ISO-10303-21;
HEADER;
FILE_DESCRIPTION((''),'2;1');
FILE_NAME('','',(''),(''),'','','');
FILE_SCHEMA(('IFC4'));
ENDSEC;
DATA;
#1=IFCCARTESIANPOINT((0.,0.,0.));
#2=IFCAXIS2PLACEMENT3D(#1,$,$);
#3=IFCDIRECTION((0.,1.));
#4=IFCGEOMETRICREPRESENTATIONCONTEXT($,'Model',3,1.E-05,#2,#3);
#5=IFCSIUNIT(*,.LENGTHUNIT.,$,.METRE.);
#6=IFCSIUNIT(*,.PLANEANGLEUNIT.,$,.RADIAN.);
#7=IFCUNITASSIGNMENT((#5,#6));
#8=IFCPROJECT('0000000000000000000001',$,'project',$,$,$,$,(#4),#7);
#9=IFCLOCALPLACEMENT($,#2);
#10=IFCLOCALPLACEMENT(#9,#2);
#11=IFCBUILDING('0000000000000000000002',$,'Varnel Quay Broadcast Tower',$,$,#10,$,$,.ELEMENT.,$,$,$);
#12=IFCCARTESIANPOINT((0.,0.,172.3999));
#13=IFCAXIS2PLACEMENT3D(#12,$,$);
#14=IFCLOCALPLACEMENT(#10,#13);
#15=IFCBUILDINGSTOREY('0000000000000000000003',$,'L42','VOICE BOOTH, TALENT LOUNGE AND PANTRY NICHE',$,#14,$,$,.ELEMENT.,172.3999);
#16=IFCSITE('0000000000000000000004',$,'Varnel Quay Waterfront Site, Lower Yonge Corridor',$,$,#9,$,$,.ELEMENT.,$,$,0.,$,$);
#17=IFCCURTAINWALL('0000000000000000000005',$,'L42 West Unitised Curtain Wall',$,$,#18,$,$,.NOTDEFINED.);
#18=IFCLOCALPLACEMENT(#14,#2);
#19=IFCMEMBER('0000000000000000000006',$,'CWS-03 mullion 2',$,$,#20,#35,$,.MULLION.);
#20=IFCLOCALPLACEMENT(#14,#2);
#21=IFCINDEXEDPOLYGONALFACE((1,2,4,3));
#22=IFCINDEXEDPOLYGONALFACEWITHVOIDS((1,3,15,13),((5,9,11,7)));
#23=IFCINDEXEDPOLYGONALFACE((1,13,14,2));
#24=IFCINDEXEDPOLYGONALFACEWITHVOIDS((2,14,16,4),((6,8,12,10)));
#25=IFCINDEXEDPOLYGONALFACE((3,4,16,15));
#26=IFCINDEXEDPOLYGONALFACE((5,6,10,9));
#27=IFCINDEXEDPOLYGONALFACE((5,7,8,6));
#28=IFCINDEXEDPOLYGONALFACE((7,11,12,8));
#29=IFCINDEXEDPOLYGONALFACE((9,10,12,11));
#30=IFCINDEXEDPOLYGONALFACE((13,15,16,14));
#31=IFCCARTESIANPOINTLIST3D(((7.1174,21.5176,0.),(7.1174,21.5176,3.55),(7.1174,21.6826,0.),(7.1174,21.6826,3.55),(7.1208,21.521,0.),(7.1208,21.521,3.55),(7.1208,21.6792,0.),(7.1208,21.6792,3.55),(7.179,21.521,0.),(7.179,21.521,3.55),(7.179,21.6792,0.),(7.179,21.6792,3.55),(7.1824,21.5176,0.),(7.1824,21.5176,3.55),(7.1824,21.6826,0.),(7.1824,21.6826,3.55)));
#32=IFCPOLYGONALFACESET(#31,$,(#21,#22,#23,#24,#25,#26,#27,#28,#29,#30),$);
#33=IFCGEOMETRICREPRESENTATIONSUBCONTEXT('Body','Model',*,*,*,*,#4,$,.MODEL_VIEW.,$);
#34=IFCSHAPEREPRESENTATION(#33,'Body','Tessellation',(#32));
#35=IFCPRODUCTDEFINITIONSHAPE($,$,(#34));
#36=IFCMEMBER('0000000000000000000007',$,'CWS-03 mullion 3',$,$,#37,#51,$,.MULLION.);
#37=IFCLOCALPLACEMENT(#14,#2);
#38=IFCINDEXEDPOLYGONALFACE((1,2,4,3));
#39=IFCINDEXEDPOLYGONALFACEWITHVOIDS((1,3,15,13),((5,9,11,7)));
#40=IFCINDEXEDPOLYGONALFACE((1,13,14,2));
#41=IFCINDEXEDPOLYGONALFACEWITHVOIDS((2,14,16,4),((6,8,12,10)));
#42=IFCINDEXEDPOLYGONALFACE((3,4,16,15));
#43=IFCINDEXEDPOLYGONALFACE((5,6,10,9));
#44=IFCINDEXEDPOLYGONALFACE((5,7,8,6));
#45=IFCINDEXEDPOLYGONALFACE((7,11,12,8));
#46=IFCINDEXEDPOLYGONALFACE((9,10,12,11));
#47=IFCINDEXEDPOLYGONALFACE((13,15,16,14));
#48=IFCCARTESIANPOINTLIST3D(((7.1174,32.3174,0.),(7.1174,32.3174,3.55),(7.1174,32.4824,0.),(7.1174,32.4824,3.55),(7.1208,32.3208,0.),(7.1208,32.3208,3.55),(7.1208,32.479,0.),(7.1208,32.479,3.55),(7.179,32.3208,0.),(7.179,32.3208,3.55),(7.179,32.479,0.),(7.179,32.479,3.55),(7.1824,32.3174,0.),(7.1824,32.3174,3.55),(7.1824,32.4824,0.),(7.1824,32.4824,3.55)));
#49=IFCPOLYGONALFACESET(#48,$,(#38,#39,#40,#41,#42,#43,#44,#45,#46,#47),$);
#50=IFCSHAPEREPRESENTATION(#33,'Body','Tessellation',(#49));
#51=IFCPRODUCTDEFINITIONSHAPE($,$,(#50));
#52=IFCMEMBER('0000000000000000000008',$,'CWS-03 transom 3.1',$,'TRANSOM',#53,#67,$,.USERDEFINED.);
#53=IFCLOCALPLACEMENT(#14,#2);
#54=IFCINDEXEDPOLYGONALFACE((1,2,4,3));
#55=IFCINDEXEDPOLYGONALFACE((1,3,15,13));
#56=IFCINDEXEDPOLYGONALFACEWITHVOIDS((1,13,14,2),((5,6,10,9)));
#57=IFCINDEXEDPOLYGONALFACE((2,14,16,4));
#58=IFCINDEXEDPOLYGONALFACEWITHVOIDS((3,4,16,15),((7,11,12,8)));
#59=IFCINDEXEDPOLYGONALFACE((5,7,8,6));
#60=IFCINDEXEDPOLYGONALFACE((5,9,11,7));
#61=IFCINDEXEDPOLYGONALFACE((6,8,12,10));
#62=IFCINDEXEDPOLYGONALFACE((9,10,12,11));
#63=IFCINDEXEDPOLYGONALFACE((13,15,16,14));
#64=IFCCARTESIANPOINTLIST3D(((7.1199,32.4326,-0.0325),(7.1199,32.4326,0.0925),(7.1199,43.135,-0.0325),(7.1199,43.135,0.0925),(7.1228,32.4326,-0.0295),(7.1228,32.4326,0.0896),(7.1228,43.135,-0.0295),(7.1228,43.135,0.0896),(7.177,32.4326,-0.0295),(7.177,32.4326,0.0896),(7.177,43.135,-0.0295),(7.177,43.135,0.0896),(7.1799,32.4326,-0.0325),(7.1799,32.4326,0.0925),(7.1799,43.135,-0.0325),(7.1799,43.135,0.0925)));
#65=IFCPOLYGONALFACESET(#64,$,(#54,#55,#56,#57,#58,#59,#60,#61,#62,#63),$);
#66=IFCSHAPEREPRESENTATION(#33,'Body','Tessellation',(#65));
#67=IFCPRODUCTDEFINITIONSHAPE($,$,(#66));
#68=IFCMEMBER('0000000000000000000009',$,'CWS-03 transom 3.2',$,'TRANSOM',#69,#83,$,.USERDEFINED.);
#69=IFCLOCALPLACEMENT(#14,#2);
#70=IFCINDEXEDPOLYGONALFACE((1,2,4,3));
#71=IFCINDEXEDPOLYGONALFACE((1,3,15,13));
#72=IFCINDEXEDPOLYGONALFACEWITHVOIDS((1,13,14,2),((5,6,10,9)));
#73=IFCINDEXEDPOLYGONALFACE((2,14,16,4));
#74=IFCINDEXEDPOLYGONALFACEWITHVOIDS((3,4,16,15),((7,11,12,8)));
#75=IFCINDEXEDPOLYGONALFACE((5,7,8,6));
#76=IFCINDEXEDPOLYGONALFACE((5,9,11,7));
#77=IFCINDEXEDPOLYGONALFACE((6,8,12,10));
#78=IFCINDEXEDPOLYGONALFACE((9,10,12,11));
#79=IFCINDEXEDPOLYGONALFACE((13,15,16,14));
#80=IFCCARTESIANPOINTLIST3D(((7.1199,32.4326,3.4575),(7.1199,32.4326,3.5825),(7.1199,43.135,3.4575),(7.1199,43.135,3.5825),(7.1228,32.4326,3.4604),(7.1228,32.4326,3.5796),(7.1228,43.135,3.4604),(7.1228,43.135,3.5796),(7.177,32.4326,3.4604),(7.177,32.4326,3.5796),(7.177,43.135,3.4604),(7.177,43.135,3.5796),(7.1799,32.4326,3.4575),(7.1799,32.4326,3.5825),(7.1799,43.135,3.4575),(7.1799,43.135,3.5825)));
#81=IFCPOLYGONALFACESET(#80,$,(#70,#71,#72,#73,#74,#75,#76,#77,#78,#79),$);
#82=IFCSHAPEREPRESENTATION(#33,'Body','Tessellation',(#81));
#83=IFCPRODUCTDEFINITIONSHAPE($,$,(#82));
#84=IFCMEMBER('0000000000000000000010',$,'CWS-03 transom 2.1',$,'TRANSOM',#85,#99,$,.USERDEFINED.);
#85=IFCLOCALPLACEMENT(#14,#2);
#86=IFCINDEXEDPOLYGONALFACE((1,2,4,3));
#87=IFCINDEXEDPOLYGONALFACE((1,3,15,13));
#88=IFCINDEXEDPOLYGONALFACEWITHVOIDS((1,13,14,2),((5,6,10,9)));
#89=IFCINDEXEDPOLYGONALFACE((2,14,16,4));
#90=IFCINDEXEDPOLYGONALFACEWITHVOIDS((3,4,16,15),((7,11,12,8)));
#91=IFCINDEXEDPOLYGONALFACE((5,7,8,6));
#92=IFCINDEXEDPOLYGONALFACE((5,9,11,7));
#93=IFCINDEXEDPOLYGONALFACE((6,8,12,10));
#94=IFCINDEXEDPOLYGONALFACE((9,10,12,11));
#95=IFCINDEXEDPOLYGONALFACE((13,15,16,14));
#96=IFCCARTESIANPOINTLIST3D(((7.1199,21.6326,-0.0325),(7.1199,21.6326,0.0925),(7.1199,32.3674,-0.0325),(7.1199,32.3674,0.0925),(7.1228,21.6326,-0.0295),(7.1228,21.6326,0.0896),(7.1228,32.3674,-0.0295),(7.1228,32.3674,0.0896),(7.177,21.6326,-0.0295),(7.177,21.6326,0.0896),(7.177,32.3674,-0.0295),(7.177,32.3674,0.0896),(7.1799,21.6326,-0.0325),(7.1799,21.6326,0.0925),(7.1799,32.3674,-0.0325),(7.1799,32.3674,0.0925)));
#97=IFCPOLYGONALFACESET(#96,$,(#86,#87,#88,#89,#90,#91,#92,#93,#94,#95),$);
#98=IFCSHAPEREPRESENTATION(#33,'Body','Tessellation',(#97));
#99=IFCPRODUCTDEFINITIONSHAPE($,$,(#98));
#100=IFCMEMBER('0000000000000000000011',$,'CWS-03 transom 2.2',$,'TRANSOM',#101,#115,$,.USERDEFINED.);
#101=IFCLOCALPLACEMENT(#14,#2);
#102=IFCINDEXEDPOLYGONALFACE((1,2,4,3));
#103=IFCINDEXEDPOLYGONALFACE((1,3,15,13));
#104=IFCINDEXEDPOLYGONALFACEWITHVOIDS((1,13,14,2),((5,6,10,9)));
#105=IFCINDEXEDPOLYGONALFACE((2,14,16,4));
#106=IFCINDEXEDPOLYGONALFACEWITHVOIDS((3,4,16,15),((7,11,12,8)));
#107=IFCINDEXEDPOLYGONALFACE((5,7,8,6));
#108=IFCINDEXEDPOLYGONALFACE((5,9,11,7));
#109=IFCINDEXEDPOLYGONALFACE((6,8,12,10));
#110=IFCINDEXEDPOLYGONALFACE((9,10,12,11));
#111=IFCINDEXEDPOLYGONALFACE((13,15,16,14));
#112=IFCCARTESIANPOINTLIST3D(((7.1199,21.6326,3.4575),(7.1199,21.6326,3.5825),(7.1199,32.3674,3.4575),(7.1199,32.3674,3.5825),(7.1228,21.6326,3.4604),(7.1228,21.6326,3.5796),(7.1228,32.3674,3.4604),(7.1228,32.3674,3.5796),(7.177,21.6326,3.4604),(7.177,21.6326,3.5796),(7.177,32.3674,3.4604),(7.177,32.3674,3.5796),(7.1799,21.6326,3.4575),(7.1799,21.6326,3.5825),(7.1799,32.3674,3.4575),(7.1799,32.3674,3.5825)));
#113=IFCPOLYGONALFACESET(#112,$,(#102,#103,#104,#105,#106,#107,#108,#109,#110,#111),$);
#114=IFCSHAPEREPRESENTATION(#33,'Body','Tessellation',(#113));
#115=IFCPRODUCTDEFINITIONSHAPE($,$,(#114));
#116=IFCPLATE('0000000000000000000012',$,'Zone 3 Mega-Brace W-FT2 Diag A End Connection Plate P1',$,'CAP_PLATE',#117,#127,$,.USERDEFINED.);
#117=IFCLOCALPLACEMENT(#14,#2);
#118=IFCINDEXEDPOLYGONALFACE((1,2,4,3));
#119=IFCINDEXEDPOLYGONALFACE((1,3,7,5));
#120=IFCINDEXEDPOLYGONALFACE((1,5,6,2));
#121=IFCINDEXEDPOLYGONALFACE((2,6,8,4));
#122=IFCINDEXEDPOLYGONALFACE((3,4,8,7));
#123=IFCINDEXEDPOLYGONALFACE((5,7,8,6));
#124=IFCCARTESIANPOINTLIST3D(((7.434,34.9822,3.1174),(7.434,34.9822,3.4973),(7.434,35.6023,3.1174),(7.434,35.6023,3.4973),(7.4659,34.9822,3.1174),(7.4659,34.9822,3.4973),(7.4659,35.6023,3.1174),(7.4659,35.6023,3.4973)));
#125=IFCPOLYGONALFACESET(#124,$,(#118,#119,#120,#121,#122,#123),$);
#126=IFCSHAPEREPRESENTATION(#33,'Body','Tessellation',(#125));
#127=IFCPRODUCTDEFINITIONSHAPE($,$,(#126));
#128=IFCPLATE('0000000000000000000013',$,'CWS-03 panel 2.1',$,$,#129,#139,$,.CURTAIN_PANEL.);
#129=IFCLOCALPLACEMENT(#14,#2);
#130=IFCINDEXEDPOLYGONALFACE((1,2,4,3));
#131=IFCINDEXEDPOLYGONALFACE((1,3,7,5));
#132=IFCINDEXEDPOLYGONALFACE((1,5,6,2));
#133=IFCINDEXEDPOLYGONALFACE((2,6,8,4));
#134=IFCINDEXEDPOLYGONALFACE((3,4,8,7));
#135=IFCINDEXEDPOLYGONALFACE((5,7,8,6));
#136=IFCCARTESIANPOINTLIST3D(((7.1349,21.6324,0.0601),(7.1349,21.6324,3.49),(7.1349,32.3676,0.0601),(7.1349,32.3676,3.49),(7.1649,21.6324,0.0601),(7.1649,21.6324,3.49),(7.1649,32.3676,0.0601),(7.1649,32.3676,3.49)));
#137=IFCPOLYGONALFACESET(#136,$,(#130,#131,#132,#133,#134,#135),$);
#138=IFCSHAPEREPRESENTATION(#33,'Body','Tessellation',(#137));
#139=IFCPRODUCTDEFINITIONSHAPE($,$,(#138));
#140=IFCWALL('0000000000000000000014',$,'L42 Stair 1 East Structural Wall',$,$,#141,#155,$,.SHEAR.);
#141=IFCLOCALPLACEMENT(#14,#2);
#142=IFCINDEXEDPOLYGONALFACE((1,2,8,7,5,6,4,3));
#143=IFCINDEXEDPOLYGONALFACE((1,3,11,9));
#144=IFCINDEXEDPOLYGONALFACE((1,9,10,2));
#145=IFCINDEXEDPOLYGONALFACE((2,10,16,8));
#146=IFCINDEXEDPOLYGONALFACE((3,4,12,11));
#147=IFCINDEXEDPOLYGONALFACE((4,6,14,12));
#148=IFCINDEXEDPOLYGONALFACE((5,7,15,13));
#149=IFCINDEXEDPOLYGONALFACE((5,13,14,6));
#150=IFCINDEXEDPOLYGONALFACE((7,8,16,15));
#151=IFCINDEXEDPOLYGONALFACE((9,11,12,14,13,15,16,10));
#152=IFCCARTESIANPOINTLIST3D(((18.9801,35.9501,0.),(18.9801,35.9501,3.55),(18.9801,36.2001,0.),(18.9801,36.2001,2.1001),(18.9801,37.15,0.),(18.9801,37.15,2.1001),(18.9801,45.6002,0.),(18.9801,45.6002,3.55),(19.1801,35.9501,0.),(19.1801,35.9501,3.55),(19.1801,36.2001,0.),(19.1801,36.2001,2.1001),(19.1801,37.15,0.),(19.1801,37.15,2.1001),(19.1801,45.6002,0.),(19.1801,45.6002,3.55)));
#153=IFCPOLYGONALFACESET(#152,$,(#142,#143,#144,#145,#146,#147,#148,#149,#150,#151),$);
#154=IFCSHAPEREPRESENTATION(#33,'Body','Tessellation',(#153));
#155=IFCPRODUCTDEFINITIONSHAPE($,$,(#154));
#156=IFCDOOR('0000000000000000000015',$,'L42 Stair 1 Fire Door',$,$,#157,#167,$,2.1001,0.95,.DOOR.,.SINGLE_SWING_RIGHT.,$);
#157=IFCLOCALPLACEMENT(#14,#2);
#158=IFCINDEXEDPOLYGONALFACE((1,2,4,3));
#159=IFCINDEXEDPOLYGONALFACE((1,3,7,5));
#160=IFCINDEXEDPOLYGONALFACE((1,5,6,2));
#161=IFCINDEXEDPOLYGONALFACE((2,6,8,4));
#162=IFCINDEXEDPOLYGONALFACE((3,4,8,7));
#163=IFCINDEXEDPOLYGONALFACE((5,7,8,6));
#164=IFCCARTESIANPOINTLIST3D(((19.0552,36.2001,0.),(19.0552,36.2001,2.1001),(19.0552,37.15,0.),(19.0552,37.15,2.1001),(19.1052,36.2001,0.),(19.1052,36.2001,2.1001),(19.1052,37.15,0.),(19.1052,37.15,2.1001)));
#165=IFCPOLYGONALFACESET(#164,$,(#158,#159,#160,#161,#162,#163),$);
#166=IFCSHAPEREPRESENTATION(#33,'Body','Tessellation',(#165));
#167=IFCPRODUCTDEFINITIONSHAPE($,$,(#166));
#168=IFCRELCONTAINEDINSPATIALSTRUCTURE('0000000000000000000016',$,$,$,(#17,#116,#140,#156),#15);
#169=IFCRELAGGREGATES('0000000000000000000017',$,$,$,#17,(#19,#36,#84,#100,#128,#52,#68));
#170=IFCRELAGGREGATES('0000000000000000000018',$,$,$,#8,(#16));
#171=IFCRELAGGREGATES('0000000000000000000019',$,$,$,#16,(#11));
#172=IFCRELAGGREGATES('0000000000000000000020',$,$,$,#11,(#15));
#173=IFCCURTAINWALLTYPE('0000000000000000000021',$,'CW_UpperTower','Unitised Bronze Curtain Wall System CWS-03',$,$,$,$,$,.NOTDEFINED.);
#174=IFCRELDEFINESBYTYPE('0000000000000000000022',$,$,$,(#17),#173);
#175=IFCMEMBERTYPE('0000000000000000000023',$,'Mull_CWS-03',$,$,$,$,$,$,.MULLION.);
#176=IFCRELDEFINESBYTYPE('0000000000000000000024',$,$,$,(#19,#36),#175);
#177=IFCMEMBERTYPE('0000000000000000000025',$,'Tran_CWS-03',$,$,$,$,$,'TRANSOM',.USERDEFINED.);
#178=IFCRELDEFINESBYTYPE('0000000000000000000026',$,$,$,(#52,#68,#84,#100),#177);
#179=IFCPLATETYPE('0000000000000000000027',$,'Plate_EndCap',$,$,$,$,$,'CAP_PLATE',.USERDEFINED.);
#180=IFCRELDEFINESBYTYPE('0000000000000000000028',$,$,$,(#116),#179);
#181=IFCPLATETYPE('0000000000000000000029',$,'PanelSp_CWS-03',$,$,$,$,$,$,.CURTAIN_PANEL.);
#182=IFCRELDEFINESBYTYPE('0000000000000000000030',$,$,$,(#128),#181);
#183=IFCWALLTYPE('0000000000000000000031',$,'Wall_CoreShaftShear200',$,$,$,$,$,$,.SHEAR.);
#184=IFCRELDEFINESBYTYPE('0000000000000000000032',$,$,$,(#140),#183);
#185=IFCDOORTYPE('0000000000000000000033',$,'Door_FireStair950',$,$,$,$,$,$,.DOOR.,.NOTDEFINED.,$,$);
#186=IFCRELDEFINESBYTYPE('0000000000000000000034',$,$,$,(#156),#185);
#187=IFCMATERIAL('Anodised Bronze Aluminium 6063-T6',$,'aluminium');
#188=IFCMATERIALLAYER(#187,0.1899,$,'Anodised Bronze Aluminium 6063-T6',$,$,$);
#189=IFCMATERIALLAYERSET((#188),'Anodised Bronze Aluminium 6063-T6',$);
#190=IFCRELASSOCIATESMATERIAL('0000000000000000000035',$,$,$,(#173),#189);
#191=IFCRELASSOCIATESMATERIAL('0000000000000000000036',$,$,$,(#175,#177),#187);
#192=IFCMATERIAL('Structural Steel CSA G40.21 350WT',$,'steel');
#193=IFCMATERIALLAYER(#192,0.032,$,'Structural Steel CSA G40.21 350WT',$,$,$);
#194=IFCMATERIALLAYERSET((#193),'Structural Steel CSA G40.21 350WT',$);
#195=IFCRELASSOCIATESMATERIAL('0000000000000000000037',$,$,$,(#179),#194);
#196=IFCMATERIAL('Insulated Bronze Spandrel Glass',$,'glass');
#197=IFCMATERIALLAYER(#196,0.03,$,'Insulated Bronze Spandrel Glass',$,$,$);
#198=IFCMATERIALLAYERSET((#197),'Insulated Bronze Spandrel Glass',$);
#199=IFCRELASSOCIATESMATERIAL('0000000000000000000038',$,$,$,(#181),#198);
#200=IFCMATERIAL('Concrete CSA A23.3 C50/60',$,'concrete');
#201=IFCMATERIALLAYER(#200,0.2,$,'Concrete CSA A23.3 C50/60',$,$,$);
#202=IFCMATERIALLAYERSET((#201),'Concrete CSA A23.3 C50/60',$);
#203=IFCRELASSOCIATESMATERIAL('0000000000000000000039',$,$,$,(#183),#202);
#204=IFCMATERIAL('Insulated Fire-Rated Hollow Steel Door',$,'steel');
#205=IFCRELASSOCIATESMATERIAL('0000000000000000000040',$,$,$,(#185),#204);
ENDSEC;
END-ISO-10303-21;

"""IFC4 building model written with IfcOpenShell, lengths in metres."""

from ifc_helpers import new_model, si_unit, direction, frame, frame_2d, origin, origin_2d, place, context, subcontext, project, spatial, rectangle, hollow_rectangle, extrude, source, transform, mapped, material, layer, layer_set, material_profile, profile_set, type_object, type_shapes, element, fill, aggregate, save


model = new_model("IFC4")

# Units and contexts
model_context = context("Model", 3, precision=1e-05, world=origin(), true_north=direction((0.0, 1.0)))
body_context = subcontext(model_context, "Body", "Model", "MODEL_VIEW")
ifc_project = project(units=[si_unit("LENGTHUNIT", "METRE"), si_unit("PLANEANGLEUNIT", "RADIAN")], contexts=[model_context])

# Site, building, storey
site_placement = place(None, origin())
site = spatial("IfcSite", under=ifc_project, at=site_placement, Name="Varnel Quay Waterfront Site, Lower Yonge Corridor", CompositionType="ELEMENT", RefElevation=0.0)
building_placement = place(site_placement, origin())
building = spatial("IfcBuilding", under=site, at=building_placement, Name="Varnel Quay Broadcast Tower", CompositionType="ELEMENT")
storey_placement = place(building_placement, frame((0.0, 0.0, 172.3999)))
storey = spatial("IfcBuildingStorey", under=building, at=storey_placement, Name="L42", Description="VOICE BOOTH, TALENT LOUNGE AND PANTRY NICHE", CompositionType="ELEMENT", Elevation=172.3999)

# Shared definitions
ifc_material_1 = material(Name="Structural Steel CSA G40.21 350WT", Category="steel")
ifc_material_2 = material(Name="Concrete CSA A23.3 C50/60", Category="concrete")

# Curtain wall, members
ifc_material_3 = material(Name="Anodised Bronze Aluminium 6063-T6", Category="aluminium")
ifc_layer_1 = layer(ifc_material_3, 0.1899, Name="Anodised Bronze Aluminium 6063-T6")
ifc_layer_set_1 = layer_set([ifc_layer_1], Name="Anodised Bronze Aluminium 6063-T6")
curtain_wall_type = type_object("IfcCurtainWallType", Name="CW_UpperTower", Description="Unitised Bronze Curtain Wall System CWS-03", PredefinedType="NOTDEFINED", material=ifc_layer_set_1)
curtain_wall_placement = place(storey_placement, origin())
curtain_wall = element("IfcCurtainWall", 1, at=curtain_wall_placement, inside=storey, type_object=curtain_wall_type, Name="L42 West Unitised Curtain Wall", PredefinedType="NOTDEFINED")
ifc_material_profile_1 = material_profile(ifc_material_3, hollow_rectangle(XDim=0.0649, YDim=0.165, WallThickness=0.0034, at=origin_2d()), Name="ALU65X165X3.5")
ifc_profile_set_1 = profile_set([ifc_material_profile_1], Name="Anodised Bronze Aluminium 6063-T6")
member_type_1 = type_object("IfcMemberType", Name="Mull_CWS-03", PredefinedType="MULLION", material=ifc_profile_set_1)
shared_shape_1 = source(origin(), body_context, "Body", "SweptSolid", [
    extrude(hollow_rectangle(XDim=0.0649, YDim=0.165, WallThickness=0.0034, at=origin_2d()), origin(), (0.0, 0.0, 1.0), 3.55),
])
type_shapes(member_type_1, [shared_shape_1])
member_1_placement = place(storey_placement, frame((7.1499, 21.6001, 0.0), z_axis=(0.0, 0.0, 1.0), x_axis=(-1.0, 0.0, 0.0)))
member_1 = element("IfcMember", 2, at=member_1_placement, type_object=member_type_1, Name="CWS-03 mullion 2", PredefinedType="MULLION", context=body_context, shape_type="MappedRepresentation", body=[
    mapped(shared_shape_1, transform((0.0, 0.0, 0.0), x_axis=(1.0, 0.0, 0.0), y_axis=(0.0, 1.0, 0.0), z_axis=(0.0, 0.0, 1.0), scale=1.0)),
])
member_2_placement = place(storey_placement, frame((7.1499, 32.3999, 0.0), z_axis=(0.0, 0.0, 1.0), x_axis=(-1.0, 0.0, 0.0)))
member_2 = element("IfcMember", 3, at=member_2_placement, type_object=member_type_1, Name="CWS-03 mullion 3", PredefinedType="MULLION", context=body_context, shape_type="MappedRepresentation", body=[
    mapped(shared_shape_1, transform((0.0, 0.0, 0.0), x_axis=(1.0, 0.0, 0.0), y_axis=(0.0, 1.0, 0.0), z_axis=(0.0, 0.0, 1.0), scale=1.0)),
])
ifc_material_profile_2 = material_profile(ifc_material_3, hollow_rectangle(XDim=0.0601, YDim=0.125, WallThickness=0.0029, at=origin_2d()), Name="ALU60X125X3")
ifc_profile_set_2 = profile_set([ifc_material_profile_2], Name="Anodised Bronze Aluminium 6063-T6")
member_type_2 = type_object("IfcMemberType", Name="Tran_CWS-03", ElementType="TRANSOM", PredefinedType="USERDEFINED", material=ifc_profile_set_2)
shared_shape_2 = source(origin(), body_context, "Body", "SweptSolid", [
    extrude(hollow_rectangle(XDim=0.0601, YDim=0.125, WallThickness=0.0029, at=origin_2d()), origin(), (0.0, 0.0, 1.0), 10.7024),
])
member_3_placement = place(storey_placement, frame((7.1499, 32.4326, 0.03), z_axis=(0.0, 1.0, 0.0), x_axis=(-1.0, 0.0, 0.0)))
member_3 = element("IfcMember", 4, at=member_3_placement, type_object=member_type_2, Name="CWS-03 transom 3.1", ObjectType="TRANSOM", PredefinedType="USERDEFINED", context=body_context, shape_type="MappedRepresentation", body=[
    mapped(shared_shape_2, transform((0.0, 0.0, 0.0), x_axis=(1.0, 0.0, 0.0), y_axis=(0.0, 1.0, 0.0), z_axis=(0.0, 0.0, 1.0), scale=1.0)),
])
member_4_placement = place(storey_placement, frame((7.1499, 32.4326, 3.52), z_axis=(0.0, 1.0, 0.0), x_axis=(-1.0, 0.0, 0.0)))
member_4 = element("IfcMember", 5, at=member_4_placement, type_object=member_type_2, Name="CWS-03 transom 3.2", ObjectType="TRANSOM", PredefinedType="USERDEFINED", context=body_context, shape_type="MappedRepresentation", body=[
    mapped(shared_shape_2, transform((0.0, 0.0, 0.0), x_axis=(1.0, 0.0, 0.0), y_axis=(0.0, 1.0, 0.0), z_axis=(0.0, 0.0, 1.0), scale=1.0)),
])
shared_shape_3 = source(origin(), body_context, "Body", "SweptSolid", [
    extrude(hollow_rectangle(XDim=0.0601, YDim=0.125, WallThickness=0.0029, at=origin_2d()), origin(), (0.0, 0.0, 1.0), 10.7349),
])
type_shapes(member_type_2, [shared_shape_2, shared_shape_3])
member_5_placement = place(storey_placement, frame((7.1499, 21.6326, 0.03), z_axis=(0.0, 1.0, 0.0), x_axis=(-1.0, 0.0, 0.0)))
member_5 = element("IfcMember", 6, at=member_5_placement, type_object=member_type_2, Name="CWS-03 transom 2.1", ObjectType="TRANSOM", PredefinedType="USERDEFINED", context=body_context, shape_type="MappedRepresentation", body=[
    mapped(shared_shape_3, transform((0.0, 0.0, 0.0), x_axis=(1.0, 0.0, 0.0), y_axis=(0.0, 1.0, 0.0), z_axis=(0.0, 0.0, 1.0), scale=1.0)),
])
member_6_placement = place(storey_placement, frame((7.1499, 21.6326, 3.52), z_axis=(0.0, 1.0, 0.0), x_axis=(-1.0, 0.0, 0.0)))
member_6 = element("IfcMember", 7, at=member_6_placement, type_object=member_type_2, Name="CWS-03 transom 2.2", ObjectType="TRANSOM", PredefinedType="USERDEFINED", context=body_context, shape_type="MappedRepresentation", body=[
    mapped(shared_shape_3, transform((0.0, 0.0, 0.0), x_axis=(1.0, 0.0, 0.0), y_axis=(0.0, 1.0, 0.0), z_axis=(0.0, 0.0, 1.0), scale=1.0)),
])

# Plates
ifc_layer_2 = layer(ifc_material_1, 0.032, Name="Structural Steel CSA G40.21 350WT")
ifc_layer_set_2 = layer_set([ifc_layer_2], Name="Structural Steel CSA G40.21 350WT")
plate_type_1 = type_object("IfcPlateType", Name="Plate_EndCap", ElementType="CAP_PLATE", PredefinedType="USERDEFINED", material=ifc_layer_set_2)
shared_shape_4 = source(origin(), body_context, "Body", "SweptSolid", [
    extrude(rectangle(XDim=0.6201, YDim=0.032, at=origin_2d()), origin(), (0.0, 0.0, 1.0), 0.3799),
])
type_shapes(plate_type_1, [shared_shape_4])
plate_1_placement = place(storey_placement, frame((7.45, 35.2922, 3.1174), z_axis=(0.0, 0.0, 1.0), x_axis=(0.0, 1.0, 0.0)))
element("IfcPlate", 8, at=plate_1_placement, inside=storey, type_object=plate_type_1, Name="Zone 3 Mega-Brace W-FT2 Diag A End Connection Plate P1", ObjectType="CAP_PLATE", PredefinedType="USERDEFINED", context=body_context, shape_type="MappedRepresentation", body=[
    mapped(shared_shape_4, transform((0.0, 0.0, 0.0), x_axis=(1.0, 0.0, 0.0), y_axis=(0.0, 1.0, 0.0), z_axis=(0.0, 0.0, 1.0), scale=1.0)),
])
ifc_material_4 = material(Name="Insulated Bronze Spandrel Glass", Category="glass")
ifc_layer_3 = layer(ifc_material_4, 0.03, Name="Insulated Bronze Spandrel Glass")
ifc_layer_set_3 = layer_set([ifc_layer_3], Name="Insulated Bronze Spandrel Glass")
plate_type_2 = type_object("IfcPlateType", Name="PanelSp_CWS-03", PredefinedType="CURTAIN_PANEL", material=ifc_layer_set_3)
shared_shape_5 = source(origin(), body_context, "Body", "SweptSolid", [
    extrude(rectangle(XDim=10.7351, YDim=0.03, at=origin_2d()), origin(), (0.0, 0.0, 1.0), 3.4299),
])
type_shapes(plate_type_2, [shared_shape_5])
plate_2_placement = place(storey_placement, frame((7.1499, 27.0, 0.0601), z_axis=(0.0, 0.0, 1.0), x_axis=(0.0, 1.0, 0.0)))
plate_2 = element("IfcPlate", 9, at=plate_2_placement, type_object=plate_type_2, Name="CWS-03 panel 2.1", PredefinedType="CURTAIN_PANEL", context=body_context, shape_type="MappedRepresentation", body=[
    mapped(shared_shape_5, transform((0.0, 0.0, 0.0), x_axis=(1.0, 0.0, 0.0), y_axis=(0.0, 1.0, 0.0), z_axis=(0.0, 0.0, 1.0), scale=1.0)),
])
aggregate(curtain_wall, [member_1, member_2, member_5, member_6, plate_2, member_3, member_4])

# Wall, opening, door
ifc_layer_4 = layer(ifc_material_2, 0.2, Name="Concrete CSA A23.3 C50/60")
ifc_layer_set_4 = layer_set([ifc_layer_4], Name="Concrete CSA A23.3 C50/60")
wall_type_1 = type_object("IfcWallType", Name="Wall_CoreShaftShear200", PredefinedType="SHEAR", material=ifc_layer_set_4)
wall_1_placement = place(storey_placement, frame((19.0801, 35.95, 0.0), z_axis=(0.0, 0.0, 1.0), x_axis=(0.0, 1.0, 0.0)))
wall_1 = element("IfcWall", 10, at=wall_1_placement, inside=storey, type_object=wall_type_1, Name="L42 Stair 1 East Structural Wall", PredefinedType="SHEAR", context=body_context, shape_type="SweptSolid", body=[
    extrude(rectangle(XDim=9.6501, YDim=0.2, at=frame_2d((4.8252, 0.0))), origin(), (0.0, 0.0, 1.0), 3.55),
])
opening_1_placement = place(wall_1_placement, frame((0.25, 0.0, 0.0)))
opening_1 = element("IfcOpeningElement", 11, at=opening_1_placement, cuts=wall_1, PredefinedType="OPENING", context=body_context, shape_type="SweptSolid", body=[
    extrude(rectangle(XDim=0.95, YDim=2.1001, at=frame_2d((0.4751, 1.05))), frame((0.0, 0.1099, 0.0), z_axis=(0.0, -1.0, 0.0), x_axis=(1.0, 0.0, 0.0)), (0.0, 0.0, 1.0), 0.22),
])
ifc_material_5 = material(Name="Insulated Fire-Rated Hollow Steel Door", Category="steel")
door_type_1 = type_object("IfcDoorType", Name="Door_FireStair950", OperationType="NOTDEFINED", PredefinedType="DOOR", material=ifc_material_5)
shared_shape_6 = source(origin(), body_context, "Body", "SweptSolid", [
    extrude(rectangle(XDim=0.95, YDim=2.1001, at=frame_2d((0.4751, 1.05))), frame((0.0, 0.0249, 0.0), z_axis=(0.0, -1.0, 0.0), x_axis=(1.0, 0.0, 0.0)), (0.0, 0.0, 1.0), 0.05),
])
type_shapes(door_type_1, [shared_shape_6])
door_1_placement = place(opening_1_placement, origin())
door_1 = element("IfcDoor", 12, at=door_1_placement, inside=storey, type_object=door_type_1, Name="L42 Stair 1 Fire Door", OperationType="SINGLE_SWING_RIGHT", OverallHeight=2.1001, OverallWidth=0.95, PredefinedType="DOOR", context=body_context, shape_type="MappedRepresentation", body=[
    mapped(shared_shape_6, transform((0.0, 0.0, 0.0), x_axis=(1.0, 0.0, 0.0), y_axis=(0.0, 1.0, 0.0), z_axis=(0.0, 0.0, 1.0), scale=1.0)),
])
fill(opening_1, door_1)

save(model, "model.ifc")
